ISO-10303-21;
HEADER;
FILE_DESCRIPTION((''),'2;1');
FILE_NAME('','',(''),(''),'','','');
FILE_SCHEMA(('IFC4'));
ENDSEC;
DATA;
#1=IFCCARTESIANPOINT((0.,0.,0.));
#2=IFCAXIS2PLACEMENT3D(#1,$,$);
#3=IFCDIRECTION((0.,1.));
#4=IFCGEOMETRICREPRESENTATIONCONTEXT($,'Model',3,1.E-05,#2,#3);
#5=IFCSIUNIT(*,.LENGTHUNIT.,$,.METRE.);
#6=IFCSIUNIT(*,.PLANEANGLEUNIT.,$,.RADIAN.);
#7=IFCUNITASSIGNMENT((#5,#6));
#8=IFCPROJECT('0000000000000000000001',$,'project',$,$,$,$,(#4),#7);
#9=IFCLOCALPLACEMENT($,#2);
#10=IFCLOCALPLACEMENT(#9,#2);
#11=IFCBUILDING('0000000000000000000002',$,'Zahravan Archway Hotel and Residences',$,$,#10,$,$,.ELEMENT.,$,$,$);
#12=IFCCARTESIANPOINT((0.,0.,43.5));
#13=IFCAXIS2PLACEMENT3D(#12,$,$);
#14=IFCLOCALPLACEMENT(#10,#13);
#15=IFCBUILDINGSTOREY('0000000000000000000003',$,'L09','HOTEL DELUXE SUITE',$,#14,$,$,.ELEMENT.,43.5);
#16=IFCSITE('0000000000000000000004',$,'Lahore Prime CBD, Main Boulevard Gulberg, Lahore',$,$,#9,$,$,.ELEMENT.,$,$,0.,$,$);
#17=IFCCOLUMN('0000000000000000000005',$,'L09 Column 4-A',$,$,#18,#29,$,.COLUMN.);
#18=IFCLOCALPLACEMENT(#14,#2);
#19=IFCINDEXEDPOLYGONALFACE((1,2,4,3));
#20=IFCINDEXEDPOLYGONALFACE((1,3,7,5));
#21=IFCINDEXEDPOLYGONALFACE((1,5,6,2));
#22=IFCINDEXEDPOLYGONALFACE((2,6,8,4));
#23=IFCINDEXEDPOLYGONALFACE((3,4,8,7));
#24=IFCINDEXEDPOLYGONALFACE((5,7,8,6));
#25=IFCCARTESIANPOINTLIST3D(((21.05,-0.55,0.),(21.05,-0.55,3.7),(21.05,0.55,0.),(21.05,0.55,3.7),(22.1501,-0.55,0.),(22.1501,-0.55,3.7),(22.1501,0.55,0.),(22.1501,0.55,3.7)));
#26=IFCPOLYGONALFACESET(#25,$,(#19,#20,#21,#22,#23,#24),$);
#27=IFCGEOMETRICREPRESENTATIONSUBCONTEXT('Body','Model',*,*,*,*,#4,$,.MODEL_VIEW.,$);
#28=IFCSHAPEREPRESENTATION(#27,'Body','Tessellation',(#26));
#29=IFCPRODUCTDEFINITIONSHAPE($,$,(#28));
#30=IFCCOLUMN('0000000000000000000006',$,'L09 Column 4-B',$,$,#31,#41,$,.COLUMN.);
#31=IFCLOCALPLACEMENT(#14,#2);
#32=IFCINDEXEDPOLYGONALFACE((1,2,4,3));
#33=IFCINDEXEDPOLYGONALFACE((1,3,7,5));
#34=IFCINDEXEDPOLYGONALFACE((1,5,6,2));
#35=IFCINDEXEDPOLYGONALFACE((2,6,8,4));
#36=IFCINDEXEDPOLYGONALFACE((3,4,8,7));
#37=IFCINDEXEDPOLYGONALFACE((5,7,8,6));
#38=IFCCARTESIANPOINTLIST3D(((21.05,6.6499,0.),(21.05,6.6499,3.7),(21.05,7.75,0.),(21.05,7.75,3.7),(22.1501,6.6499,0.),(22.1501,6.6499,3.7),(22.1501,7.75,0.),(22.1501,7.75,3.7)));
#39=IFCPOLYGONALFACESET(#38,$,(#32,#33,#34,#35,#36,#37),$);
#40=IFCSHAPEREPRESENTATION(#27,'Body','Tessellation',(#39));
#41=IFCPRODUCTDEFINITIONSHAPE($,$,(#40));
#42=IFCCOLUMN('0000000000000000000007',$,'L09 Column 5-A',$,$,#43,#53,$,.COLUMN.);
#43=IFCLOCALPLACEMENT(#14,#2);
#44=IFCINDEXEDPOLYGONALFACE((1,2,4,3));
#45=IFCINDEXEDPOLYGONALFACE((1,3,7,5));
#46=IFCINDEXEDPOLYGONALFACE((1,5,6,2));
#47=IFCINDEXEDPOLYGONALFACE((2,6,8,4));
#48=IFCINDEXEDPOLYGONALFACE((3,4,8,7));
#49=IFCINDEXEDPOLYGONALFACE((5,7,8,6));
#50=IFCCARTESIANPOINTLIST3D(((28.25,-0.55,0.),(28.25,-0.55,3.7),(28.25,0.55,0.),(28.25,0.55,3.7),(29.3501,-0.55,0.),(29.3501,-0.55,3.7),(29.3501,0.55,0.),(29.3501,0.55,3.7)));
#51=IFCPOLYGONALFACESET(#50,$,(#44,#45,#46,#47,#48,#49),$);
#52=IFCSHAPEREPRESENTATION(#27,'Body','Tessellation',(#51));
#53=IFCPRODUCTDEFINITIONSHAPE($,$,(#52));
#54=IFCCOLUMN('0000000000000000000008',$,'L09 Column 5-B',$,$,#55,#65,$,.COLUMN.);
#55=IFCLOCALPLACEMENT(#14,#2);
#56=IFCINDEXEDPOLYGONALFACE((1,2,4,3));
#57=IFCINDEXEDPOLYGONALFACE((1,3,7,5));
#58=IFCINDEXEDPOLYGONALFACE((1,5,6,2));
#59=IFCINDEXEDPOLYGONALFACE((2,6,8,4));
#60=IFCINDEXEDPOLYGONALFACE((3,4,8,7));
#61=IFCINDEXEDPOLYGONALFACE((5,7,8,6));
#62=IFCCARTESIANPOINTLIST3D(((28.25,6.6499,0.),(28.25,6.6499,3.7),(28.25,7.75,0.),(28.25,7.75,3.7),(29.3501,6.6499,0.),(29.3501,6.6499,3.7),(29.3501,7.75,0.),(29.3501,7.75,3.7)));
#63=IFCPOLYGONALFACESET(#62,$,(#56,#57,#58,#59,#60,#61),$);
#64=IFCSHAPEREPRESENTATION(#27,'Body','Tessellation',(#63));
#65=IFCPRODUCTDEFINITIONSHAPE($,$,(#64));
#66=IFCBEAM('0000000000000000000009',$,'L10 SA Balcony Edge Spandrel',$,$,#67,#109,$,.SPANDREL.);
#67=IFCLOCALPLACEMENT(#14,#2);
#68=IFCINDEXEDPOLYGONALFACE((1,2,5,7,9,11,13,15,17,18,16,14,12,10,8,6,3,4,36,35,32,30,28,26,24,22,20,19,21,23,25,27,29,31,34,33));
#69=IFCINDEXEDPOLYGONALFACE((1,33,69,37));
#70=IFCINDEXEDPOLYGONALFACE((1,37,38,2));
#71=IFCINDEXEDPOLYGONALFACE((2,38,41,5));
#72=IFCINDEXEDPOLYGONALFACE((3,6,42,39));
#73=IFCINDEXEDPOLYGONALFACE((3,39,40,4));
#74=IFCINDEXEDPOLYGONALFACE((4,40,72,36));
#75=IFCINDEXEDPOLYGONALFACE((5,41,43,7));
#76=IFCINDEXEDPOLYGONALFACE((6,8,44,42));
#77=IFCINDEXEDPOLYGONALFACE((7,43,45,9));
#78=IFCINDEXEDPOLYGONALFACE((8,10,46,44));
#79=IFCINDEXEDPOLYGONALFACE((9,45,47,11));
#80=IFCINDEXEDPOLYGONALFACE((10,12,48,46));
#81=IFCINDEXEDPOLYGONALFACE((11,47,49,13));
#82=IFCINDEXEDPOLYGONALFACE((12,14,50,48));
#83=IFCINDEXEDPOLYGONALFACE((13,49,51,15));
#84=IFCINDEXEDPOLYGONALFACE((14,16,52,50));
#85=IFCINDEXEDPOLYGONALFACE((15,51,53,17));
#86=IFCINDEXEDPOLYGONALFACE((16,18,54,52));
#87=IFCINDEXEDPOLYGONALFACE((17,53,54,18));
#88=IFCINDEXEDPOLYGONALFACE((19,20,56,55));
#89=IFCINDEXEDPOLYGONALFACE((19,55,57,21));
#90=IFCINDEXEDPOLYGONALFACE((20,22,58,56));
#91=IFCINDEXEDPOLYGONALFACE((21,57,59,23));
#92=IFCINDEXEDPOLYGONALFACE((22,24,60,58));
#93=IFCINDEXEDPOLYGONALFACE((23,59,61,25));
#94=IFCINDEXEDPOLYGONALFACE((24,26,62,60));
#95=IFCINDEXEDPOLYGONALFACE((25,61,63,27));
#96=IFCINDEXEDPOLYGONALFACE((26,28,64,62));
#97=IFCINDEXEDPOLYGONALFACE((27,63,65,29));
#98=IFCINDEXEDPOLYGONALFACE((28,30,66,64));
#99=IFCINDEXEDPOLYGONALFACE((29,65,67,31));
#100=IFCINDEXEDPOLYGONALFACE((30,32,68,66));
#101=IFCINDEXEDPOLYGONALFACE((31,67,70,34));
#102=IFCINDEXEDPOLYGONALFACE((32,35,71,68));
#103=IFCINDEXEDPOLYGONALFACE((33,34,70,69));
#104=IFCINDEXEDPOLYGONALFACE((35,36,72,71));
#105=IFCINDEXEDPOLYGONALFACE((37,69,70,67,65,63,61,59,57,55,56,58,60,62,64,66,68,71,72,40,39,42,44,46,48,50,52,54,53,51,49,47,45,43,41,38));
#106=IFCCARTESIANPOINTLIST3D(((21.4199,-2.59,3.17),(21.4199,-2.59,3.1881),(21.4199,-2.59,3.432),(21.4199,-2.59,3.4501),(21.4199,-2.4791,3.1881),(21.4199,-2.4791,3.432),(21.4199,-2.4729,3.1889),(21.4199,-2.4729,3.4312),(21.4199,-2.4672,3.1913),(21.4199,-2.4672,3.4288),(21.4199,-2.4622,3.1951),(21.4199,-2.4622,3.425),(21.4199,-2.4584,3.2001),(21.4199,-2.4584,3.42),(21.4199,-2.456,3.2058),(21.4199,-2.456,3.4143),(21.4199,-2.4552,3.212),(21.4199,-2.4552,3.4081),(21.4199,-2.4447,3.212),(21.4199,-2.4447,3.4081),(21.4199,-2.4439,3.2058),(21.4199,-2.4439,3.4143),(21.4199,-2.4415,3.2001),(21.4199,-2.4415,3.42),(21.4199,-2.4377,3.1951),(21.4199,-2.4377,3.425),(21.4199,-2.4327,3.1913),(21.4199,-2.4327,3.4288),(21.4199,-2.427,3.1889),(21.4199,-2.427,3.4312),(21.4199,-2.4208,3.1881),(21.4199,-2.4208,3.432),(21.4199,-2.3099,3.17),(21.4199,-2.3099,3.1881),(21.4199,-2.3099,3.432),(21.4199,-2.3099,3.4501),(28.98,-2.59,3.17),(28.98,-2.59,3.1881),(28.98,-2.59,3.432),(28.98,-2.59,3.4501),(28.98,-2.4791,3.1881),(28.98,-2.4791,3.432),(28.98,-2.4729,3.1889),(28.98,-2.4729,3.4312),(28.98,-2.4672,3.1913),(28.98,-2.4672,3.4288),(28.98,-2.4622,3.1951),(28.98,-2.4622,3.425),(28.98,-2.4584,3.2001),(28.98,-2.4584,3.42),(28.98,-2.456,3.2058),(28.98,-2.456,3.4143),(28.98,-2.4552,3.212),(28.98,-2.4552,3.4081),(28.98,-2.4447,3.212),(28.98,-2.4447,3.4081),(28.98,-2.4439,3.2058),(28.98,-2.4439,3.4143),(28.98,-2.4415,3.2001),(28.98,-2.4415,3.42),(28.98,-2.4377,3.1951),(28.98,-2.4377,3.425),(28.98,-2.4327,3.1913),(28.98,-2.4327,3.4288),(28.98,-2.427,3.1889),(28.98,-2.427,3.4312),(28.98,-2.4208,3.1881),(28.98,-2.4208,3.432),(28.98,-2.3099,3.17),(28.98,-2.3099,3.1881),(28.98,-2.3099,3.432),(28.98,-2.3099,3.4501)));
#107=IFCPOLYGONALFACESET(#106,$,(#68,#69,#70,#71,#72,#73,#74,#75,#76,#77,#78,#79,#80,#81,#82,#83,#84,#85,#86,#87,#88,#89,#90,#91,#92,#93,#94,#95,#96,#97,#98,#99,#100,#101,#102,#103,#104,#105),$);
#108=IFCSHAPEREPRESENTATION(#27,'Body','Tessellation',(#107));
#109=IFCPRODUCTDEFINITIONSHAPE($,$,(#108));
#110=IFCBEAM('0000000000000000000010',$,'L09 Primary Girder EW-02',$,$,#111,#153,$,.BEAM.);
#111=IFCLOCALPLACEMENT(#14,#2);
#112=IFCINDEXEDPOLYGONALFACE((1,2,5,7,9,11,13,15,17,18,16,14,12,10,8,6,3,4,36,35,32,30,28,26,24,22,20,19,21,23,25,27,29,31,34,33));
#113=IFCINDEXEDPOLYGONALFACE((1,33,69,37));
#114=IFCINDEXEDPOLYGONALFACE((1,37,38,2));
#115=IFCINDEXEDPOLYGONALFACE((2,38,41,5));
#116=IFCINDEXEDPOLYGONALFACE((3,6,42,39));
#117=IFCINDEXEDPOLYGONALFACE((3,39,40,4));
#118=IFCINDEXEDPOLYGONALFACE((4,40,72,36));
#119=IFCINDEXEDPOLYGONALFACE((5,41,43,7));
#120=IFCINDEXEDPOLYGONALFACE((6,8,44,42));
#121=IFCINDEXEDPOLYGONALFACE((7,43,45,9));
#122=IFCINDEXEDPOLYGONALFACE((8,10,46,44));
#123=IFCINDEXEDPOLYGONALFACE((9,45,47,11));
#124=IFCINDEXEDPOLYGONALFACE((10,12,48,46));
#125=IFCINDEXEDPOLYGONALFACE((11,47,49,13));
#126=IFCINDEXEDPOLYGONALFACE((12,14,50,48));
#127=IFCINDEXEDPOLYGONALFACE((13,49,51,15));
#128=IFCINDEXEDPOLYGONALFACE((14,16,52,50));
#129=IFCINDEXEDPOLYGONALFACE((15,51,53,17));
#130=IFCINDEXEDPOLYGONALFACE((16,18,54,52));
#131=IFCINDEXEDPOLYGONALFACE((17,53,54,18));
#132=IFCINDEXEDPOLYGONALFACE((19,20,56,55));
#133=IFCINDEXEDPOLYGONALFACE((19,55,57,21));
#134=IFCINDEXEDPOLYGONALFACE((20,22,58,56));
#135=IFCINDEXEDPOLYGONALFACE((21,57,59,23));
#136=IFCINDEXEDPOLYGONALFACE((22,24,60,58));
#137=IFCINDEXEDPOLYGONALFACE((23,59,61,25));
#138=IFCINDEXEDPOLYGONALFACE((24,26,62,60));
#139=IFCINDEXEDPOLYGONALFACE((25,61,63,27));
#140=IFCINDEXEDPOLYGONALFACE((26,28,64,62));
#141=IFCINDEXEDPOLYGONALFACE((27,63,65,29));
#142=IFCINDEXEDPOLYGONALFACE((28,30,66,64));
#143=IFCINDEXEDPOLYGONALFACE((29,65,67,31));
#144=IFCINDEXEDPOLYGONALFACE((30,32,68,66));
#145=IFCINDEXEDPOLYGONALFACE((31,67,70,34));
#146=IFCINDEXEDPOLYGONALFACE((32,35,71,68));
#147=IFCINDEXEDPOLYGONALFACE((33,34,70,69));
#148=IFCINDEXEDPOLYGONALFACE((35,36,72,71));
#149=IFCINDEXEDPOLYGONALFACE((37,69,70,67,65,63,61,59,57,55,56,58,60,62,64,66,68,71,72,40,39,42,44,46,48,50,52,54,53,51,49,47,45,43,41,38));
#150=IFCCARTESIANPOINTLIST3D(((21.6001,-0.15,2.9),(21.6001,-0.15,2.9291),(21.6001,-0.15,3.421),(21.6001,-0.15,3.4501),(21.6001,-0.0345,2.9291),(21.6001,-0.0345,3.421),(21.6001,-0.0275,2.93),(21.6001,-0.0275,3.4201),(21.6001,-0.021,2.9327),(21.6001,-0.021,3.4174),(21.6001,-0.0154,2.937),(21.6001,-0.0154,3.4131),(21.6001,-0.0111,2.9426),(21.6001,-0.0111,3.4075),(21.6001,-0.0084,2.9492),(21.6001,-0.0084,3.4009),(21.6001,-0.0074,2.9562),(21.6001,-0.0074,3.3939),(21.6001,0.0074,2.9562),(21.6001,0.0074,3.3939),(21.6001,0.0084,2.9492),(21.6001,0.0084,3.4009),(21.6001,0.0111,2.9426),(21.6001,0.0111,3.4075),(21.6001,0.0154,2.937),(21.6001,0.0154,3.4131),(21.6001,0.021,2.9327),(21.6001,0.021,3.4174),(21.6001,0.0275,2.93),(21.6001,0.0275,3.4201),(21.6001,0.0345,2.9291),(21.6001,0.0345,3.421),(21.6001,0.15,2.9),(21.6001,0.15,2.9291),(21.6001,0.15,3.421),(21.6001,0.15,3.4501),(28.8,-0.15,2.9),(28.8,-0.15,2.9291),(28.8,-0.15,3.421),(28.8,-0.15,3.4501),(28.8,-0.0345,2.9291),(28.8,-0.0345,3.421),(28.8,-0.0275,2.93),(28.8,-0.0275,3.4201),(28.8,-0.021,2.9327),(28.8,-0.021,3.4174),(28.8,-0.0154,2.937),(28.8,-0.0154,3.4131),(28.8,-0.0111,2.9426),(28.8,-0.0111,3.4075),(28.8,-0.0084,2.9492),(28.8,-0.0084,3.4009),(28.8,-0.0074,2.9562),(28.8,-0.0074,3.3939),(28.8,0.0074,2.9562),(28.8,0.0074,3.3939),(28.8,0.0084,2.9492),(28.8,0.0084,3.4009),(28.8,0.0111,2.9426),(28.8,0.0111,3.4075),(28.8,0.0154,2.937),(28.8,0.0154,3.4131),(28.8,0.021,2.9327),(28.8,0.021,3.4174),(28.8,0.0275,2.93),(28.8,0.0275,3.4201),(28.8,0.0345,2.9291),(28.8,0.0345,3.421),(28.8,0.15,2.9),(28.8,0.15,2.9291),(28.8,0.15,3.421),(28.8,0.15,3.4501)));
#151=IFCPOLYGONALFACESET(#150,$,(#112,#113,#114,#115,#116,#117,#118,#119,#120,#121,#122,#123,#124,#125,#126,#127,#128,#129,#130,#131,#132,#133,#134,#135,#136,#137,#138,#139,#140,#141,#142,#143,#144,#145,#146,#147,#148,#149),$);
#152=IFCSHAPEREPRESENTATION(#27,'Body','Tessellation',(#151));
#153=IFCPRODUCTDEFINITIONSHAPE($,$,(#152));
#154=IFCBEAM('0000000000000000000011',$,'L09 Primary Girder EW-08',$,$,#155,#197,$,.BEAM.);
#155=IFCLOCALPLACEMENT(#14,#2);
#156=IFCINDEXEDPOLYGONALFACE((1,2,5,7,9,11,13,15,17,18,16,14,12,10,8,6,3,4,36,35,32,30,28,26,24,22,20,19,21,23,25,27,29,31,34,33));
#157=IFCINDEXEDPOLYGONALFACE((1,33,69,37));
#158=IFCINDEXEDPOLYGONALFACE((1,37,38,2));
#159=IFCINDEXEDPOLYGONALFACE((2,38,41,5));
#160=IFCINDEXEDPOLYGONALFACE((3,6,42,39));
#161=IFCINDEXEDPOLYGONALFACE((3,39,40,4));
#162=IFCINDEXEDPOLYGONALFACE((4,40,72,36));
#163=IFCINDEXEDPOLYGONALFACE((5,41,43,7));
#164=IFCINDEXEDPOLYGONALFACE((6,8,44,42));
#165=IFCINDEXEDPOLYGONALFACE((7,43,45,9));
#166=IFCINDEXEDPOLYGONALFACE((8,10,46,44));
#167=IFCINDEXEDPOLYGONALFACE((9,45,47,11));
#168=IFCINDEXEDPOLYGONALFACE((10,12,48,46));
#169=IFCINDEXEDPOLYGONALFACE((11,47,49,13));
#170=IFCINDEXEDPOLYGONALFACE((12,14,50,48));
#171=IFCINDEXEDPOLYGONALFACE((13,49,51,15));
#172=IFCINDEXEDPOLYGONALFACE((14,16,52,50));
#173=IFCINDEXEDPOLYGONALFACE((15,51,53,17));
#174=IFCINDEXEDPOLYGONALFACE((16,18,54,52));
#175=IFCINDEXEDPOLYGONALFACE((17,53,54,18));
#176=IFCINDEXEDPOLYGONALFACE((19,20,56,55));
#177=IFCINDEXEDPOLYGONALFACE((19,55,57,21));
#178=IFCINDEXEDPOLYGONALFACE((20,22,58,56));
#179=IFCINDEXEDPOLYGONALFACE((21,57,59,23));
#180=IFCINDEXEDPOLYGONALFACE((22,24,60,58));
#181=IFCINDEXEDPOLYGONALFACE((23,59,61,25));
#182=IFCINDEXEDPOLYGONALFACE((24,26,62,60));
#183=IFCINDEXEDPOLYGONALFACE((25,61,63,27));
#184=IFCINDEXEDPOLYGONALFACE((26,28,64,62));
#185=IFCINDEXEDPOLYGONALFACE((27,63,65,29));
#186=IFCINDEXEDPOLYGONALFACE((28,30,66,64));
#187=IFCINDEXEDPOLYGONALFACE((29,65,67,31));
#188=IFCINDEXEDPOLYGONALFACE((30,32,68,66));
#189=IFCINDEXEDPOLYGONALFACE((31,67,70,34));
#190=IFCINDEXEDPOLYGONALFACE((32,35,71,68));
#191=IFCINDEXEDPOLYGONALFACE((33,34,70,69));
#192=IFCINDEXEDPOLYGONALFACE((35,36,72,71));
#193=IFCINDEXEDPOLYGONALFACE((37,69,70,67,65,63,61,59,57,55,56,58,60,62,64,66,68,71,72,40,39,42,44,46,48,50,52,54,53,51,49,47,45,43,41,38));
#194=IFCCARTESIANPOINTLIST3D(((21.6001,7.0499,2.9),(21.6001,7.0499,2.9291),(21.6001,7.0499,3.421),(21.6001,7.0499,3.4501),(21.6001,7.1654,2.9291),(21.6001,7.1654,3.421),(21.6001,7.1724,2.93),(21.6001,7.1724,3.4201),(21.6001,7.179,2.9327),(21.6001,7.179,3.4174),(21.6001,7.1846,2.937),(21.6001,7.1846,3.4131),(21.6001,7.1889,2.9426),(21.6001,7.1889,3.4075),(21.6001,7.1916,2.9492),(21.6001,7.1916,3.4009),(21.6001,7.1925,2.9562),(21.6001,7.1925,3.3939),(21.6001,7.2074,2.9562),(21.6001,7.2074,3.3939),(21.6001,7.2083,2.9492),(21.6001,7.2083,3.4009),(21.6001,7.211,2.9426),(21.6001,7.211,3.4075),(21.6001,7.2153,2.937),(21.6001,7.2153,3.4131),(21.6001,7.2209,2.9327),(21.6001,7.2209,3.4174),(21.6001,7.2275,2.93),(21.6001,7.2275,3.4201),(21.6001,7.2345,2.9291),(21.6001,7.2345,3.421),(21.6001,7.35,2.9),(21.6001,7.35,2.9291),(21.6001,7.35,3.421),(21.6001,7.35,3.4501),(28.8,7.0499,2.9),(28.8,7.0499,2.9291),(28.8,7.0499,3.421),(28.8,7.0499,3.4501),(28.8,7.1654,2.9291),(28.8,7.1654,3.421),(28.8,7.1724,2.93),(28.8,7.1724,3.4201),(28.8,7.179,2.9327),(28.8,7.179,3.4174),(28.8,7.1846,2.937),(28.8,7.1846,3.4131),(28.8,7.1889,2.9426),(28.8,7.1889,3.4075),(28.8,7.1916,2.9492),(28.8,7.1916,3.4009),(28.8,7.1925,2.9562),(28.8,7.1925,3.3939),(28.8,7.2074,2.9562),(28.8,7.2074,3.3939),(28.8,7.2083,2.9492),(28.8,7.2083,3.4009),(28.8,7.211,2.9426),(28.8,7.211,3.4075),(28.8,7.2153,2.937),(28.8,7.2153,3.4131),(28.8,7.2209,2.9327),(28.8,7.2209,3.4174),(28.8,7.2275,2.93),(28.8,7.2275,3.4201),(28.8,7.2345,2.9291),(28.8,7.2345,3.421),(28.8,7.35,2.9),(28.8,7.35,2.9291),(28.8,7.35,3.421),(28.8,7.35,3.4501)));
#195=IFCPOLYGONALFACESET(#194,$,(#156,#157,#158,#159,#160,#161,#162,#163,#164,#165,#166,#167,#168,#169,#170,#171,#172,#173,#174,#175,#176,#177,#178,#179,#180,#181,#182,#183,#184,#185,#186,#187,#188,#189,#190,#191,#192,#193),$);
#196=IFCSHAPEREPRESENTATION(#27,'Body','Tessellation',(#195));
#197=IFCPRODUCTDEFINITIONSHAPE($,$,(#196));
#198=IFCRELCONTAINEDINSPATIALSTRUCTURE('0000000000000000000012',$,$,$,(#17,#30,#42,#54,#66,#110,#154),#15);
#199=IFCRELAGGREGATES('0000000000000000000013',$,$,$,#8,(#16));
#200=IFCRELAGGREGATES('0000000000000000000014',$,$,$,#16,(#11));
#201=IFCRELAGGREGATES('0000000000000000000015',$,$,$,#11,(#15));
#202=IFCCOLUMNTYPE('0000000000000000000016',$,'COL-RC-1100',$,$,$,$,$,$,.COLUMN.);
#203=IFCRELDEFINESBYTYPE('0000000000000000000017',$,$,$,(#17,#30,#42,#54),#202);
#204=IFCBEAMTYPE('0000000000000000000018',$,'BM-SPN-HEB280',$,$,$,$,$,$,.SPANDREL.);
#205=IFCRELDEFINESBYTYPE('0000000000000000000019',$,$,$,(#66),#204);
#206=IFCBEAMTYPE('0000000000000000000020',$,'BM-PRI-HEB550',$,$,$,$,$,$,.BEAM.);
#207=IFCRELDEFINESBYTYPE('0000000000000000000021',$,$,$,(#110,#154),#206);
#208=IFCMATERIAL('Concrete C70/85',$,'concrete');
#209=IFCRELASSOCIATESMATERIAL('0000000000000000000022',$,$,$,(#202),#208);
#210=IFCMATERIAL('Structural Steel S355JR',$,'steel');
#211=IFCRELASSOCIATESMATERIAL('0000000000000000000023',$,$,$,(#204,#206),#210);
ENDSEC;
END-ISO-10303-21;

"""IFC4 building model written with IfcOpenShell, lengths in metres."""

from ifc_helpers import new_model, si_unit, direction, frame, origin, origin_2d, place, context, subcontext, project, spatial, rectangle, i_section, extrude, source, transform, mapped, material, material_profile, profile_set, type_object, type_shapes, element, save


model = new_model("IFC4")

# Units and contexts
model_context = context("Model", 3, precision=1e-05, world=origin(), true_north=direction((0.0, 1.0)))
body_context = subcontext(model_context, "Body", "Model", "MODEL_VIEW")
ifc_project = project(units=[si_unit("LENGTHUNIT", "METRE"), si_unit("PLANEANGLEUNIT", "RADIAN")], contexts=[model_context])

# Site, building, storey
site_placement = place(None, origin())
site = spatial("IfcSite", under=ifc_project, at=site_placement, Name="Lahore Prime CBD, Main Boulevard Gulberg, Lahore", CompositionType="ELEMENT", RefElevation=0.0)
building_placement = place(site_placement, origin())
building = spatial("IfcBuilding", under=site, at=building_placement, Name="Zahravan Archway Hotel and Residences", CompositionType="ELEMENT")
storey_placement = place(building_placement, frame((0.0, 0.0, 43.5)))
storey = spatial("IfcBuildingStorey", under=building, at=storey_placement, Name="L09", Description="HOTEL DELUXE SUITE", CompositionType="ELEMENT", Elevation=43.5)

# Columns
ifc_material_1 = material(Name="Concrete C70/85", Category="concrete")
ifc_material_profile_1 = material_profile(ifc_material_1, rectangle(XDim=1.1001, YDim=1.1001, at=origin_2d()), Name="RC 1100x1100", Category="concrete")
ifc_profile_set_1 = profile_set([ifc_material_profile_1], Name="Concrete C70/85")
column_type = type_object("IfcColumnType", Name="COL-RC-1100", PredefinedType="COLUMN", material=ifc_profile_set_1)
shared_shape_1 = source(origin(), body_context, "Body", "SweptSolid", [
    extrude(rectangle(XDim=1.1001, YDim=1.1001, at=origin_2d()), origin(), (0.0, 0.0, 1.0), 3.7),
])
for number, where, z_axis, x_axis, name in (
    (1, (21.6001, 0.0, 0.0), (0.0, 0.0, 1.0), (1.0, 0.0, 0.0), "L09 Column 4-A"),
    (2, (21.6001, 7.2, 0.0), (0.0, 0.0, 1.0), (1.0, 0.0, 0.0), "L09 Column 4-B"),
    (3, (28.8, 0.0, 0.0), (0.0, 0.0, 1.0), (1.0, 0.0, 0.0), "L09 Column 5-A"),
    (4, (28.8, 7.2, 0.0), (0.0, 0.0, 1.0), (1.0, 0.0, 0.0), "L09 Column 5-B"),
):
    element("IfcColumn", number, at=place(storey_placement, frame(where, z_axis=z_axis, x_axis=x_axis)), inside=storey, type_object=column_type, Name=name, PredefinedType="COLUMN", context=body_context, shape_type="MappedRepresentation", body=[
        mapped(shared_shape_1, transform((0.0, 0.0, 0.0), scale=1.0)),
    ])

# Beams
ifc_material_2 = material(Name="Structural Steel S355JR", Category="steel")
ifc_material_profile_2 = material_profile(ifc_material_2, i_section(OverallWidth=0.28, OverallDepth=0.28, WebThickness=0.0105, FlangeThickness=0.0181, FilletRadius=0.0239, at=origin_2d()), Name="HEB 280", Category="steel")
ifc_profile_set_2 = profile_set([ifc_material_profile_2], Name="Structural Steel S355JR")
beam_type_1 = type_object("IfcBeamType", Name="BM-SPN-HEB280", PredefinedType="SPANDREL", material=ifc_profile_set_2)
shared_shape_2 = source(origin(), body_context, "Body", "SweptSolid", [
    extrude(i_section(OverallWidth=0.28, OverallDepth=0.28, WebThickness=0.0105, FlangeThickness=0.0181, FilletRadius=0.0239, at=origin_2d()), origin(), (0.0, 0.0, 1.0), 7.5601),
])
type_shapes(beam_type_1, [shared_shape_2])
beam_1_placement = place(storey_placement, frame((21.4199, -2.45, 3.3101), z_axis=(1.0, 0.0, 0.0), x_axis=(0.0, 1.0, 0.0)))
element("IfcBeam", 5, at=beam_1_placement, inside=storey, type_object=beam_type_1, Name="L10 SA Balcony Edge Spandrel", PredefinedType="SPANDREL", context=body_context, shape_type="MappedRepresentation", body=[
    mapped(shared_shape_2, transform((0.0, 0.0, 0.0), scale=1.0)),
])
ifc_material_profile_3 = material_profile(ifc_material_2, i_section(OverallWidth=0.3, OverallDepth=0.55, WebThickness=0.0149, FlangeThickness=0.0291, FilletRadius=0.0271, at=origin_2d()), Name="HEB 550", Category="steel")
ifc_profile_set_3 = profile_set([ifc_material_profile_3], Name="Structural Steel S355JR")
beam_type_2 = type_object("IfcBeamType", Name="BM-PRI-HEB550", PredefinedType="BEAM", material=ifc_profile_set_3)
shared_shape_3 = source(origin(), body_context, "Body", "SweptSolid", [
    extrude(i_section(OverallWidth=0.3, OverallDepth=0.55, WebThickness=0.0149, FlangeThickness=0.0291, FilletRadius=0.0271, at=origin_2d()), origin(), (0.0, 0.0, 1.0), 7.2),
])
for number, where, z_axis, x_axis, name in (
    (6, (21.6001, 0.0, 3.175), (1.0, 0.0, 0.0), (0.0, 1.0, 0.0), "L09 Primary Girder EW-02"),
    (7, (21.6001, 7.2, 3.175), (1.0, 0.0, 0.0), (0.0, 1.0, 0.0), "L09 Primary Girder EW-08"),
):
    element("IfcBeam", number, at=place(storey_placement, frame(where, z_axis=z_axis, x_axis=x_axis)), inside=storey, type_object=beam_type_2, Name=name, PredefinedType="BEAM", context=body_context, shape_type="MappedRepresentation", body=[
        mapped(shared_shape_3, transform((0.0, 0.0, 0.0), scale=1.0)),
    ])

save(model, "model.ifc")
